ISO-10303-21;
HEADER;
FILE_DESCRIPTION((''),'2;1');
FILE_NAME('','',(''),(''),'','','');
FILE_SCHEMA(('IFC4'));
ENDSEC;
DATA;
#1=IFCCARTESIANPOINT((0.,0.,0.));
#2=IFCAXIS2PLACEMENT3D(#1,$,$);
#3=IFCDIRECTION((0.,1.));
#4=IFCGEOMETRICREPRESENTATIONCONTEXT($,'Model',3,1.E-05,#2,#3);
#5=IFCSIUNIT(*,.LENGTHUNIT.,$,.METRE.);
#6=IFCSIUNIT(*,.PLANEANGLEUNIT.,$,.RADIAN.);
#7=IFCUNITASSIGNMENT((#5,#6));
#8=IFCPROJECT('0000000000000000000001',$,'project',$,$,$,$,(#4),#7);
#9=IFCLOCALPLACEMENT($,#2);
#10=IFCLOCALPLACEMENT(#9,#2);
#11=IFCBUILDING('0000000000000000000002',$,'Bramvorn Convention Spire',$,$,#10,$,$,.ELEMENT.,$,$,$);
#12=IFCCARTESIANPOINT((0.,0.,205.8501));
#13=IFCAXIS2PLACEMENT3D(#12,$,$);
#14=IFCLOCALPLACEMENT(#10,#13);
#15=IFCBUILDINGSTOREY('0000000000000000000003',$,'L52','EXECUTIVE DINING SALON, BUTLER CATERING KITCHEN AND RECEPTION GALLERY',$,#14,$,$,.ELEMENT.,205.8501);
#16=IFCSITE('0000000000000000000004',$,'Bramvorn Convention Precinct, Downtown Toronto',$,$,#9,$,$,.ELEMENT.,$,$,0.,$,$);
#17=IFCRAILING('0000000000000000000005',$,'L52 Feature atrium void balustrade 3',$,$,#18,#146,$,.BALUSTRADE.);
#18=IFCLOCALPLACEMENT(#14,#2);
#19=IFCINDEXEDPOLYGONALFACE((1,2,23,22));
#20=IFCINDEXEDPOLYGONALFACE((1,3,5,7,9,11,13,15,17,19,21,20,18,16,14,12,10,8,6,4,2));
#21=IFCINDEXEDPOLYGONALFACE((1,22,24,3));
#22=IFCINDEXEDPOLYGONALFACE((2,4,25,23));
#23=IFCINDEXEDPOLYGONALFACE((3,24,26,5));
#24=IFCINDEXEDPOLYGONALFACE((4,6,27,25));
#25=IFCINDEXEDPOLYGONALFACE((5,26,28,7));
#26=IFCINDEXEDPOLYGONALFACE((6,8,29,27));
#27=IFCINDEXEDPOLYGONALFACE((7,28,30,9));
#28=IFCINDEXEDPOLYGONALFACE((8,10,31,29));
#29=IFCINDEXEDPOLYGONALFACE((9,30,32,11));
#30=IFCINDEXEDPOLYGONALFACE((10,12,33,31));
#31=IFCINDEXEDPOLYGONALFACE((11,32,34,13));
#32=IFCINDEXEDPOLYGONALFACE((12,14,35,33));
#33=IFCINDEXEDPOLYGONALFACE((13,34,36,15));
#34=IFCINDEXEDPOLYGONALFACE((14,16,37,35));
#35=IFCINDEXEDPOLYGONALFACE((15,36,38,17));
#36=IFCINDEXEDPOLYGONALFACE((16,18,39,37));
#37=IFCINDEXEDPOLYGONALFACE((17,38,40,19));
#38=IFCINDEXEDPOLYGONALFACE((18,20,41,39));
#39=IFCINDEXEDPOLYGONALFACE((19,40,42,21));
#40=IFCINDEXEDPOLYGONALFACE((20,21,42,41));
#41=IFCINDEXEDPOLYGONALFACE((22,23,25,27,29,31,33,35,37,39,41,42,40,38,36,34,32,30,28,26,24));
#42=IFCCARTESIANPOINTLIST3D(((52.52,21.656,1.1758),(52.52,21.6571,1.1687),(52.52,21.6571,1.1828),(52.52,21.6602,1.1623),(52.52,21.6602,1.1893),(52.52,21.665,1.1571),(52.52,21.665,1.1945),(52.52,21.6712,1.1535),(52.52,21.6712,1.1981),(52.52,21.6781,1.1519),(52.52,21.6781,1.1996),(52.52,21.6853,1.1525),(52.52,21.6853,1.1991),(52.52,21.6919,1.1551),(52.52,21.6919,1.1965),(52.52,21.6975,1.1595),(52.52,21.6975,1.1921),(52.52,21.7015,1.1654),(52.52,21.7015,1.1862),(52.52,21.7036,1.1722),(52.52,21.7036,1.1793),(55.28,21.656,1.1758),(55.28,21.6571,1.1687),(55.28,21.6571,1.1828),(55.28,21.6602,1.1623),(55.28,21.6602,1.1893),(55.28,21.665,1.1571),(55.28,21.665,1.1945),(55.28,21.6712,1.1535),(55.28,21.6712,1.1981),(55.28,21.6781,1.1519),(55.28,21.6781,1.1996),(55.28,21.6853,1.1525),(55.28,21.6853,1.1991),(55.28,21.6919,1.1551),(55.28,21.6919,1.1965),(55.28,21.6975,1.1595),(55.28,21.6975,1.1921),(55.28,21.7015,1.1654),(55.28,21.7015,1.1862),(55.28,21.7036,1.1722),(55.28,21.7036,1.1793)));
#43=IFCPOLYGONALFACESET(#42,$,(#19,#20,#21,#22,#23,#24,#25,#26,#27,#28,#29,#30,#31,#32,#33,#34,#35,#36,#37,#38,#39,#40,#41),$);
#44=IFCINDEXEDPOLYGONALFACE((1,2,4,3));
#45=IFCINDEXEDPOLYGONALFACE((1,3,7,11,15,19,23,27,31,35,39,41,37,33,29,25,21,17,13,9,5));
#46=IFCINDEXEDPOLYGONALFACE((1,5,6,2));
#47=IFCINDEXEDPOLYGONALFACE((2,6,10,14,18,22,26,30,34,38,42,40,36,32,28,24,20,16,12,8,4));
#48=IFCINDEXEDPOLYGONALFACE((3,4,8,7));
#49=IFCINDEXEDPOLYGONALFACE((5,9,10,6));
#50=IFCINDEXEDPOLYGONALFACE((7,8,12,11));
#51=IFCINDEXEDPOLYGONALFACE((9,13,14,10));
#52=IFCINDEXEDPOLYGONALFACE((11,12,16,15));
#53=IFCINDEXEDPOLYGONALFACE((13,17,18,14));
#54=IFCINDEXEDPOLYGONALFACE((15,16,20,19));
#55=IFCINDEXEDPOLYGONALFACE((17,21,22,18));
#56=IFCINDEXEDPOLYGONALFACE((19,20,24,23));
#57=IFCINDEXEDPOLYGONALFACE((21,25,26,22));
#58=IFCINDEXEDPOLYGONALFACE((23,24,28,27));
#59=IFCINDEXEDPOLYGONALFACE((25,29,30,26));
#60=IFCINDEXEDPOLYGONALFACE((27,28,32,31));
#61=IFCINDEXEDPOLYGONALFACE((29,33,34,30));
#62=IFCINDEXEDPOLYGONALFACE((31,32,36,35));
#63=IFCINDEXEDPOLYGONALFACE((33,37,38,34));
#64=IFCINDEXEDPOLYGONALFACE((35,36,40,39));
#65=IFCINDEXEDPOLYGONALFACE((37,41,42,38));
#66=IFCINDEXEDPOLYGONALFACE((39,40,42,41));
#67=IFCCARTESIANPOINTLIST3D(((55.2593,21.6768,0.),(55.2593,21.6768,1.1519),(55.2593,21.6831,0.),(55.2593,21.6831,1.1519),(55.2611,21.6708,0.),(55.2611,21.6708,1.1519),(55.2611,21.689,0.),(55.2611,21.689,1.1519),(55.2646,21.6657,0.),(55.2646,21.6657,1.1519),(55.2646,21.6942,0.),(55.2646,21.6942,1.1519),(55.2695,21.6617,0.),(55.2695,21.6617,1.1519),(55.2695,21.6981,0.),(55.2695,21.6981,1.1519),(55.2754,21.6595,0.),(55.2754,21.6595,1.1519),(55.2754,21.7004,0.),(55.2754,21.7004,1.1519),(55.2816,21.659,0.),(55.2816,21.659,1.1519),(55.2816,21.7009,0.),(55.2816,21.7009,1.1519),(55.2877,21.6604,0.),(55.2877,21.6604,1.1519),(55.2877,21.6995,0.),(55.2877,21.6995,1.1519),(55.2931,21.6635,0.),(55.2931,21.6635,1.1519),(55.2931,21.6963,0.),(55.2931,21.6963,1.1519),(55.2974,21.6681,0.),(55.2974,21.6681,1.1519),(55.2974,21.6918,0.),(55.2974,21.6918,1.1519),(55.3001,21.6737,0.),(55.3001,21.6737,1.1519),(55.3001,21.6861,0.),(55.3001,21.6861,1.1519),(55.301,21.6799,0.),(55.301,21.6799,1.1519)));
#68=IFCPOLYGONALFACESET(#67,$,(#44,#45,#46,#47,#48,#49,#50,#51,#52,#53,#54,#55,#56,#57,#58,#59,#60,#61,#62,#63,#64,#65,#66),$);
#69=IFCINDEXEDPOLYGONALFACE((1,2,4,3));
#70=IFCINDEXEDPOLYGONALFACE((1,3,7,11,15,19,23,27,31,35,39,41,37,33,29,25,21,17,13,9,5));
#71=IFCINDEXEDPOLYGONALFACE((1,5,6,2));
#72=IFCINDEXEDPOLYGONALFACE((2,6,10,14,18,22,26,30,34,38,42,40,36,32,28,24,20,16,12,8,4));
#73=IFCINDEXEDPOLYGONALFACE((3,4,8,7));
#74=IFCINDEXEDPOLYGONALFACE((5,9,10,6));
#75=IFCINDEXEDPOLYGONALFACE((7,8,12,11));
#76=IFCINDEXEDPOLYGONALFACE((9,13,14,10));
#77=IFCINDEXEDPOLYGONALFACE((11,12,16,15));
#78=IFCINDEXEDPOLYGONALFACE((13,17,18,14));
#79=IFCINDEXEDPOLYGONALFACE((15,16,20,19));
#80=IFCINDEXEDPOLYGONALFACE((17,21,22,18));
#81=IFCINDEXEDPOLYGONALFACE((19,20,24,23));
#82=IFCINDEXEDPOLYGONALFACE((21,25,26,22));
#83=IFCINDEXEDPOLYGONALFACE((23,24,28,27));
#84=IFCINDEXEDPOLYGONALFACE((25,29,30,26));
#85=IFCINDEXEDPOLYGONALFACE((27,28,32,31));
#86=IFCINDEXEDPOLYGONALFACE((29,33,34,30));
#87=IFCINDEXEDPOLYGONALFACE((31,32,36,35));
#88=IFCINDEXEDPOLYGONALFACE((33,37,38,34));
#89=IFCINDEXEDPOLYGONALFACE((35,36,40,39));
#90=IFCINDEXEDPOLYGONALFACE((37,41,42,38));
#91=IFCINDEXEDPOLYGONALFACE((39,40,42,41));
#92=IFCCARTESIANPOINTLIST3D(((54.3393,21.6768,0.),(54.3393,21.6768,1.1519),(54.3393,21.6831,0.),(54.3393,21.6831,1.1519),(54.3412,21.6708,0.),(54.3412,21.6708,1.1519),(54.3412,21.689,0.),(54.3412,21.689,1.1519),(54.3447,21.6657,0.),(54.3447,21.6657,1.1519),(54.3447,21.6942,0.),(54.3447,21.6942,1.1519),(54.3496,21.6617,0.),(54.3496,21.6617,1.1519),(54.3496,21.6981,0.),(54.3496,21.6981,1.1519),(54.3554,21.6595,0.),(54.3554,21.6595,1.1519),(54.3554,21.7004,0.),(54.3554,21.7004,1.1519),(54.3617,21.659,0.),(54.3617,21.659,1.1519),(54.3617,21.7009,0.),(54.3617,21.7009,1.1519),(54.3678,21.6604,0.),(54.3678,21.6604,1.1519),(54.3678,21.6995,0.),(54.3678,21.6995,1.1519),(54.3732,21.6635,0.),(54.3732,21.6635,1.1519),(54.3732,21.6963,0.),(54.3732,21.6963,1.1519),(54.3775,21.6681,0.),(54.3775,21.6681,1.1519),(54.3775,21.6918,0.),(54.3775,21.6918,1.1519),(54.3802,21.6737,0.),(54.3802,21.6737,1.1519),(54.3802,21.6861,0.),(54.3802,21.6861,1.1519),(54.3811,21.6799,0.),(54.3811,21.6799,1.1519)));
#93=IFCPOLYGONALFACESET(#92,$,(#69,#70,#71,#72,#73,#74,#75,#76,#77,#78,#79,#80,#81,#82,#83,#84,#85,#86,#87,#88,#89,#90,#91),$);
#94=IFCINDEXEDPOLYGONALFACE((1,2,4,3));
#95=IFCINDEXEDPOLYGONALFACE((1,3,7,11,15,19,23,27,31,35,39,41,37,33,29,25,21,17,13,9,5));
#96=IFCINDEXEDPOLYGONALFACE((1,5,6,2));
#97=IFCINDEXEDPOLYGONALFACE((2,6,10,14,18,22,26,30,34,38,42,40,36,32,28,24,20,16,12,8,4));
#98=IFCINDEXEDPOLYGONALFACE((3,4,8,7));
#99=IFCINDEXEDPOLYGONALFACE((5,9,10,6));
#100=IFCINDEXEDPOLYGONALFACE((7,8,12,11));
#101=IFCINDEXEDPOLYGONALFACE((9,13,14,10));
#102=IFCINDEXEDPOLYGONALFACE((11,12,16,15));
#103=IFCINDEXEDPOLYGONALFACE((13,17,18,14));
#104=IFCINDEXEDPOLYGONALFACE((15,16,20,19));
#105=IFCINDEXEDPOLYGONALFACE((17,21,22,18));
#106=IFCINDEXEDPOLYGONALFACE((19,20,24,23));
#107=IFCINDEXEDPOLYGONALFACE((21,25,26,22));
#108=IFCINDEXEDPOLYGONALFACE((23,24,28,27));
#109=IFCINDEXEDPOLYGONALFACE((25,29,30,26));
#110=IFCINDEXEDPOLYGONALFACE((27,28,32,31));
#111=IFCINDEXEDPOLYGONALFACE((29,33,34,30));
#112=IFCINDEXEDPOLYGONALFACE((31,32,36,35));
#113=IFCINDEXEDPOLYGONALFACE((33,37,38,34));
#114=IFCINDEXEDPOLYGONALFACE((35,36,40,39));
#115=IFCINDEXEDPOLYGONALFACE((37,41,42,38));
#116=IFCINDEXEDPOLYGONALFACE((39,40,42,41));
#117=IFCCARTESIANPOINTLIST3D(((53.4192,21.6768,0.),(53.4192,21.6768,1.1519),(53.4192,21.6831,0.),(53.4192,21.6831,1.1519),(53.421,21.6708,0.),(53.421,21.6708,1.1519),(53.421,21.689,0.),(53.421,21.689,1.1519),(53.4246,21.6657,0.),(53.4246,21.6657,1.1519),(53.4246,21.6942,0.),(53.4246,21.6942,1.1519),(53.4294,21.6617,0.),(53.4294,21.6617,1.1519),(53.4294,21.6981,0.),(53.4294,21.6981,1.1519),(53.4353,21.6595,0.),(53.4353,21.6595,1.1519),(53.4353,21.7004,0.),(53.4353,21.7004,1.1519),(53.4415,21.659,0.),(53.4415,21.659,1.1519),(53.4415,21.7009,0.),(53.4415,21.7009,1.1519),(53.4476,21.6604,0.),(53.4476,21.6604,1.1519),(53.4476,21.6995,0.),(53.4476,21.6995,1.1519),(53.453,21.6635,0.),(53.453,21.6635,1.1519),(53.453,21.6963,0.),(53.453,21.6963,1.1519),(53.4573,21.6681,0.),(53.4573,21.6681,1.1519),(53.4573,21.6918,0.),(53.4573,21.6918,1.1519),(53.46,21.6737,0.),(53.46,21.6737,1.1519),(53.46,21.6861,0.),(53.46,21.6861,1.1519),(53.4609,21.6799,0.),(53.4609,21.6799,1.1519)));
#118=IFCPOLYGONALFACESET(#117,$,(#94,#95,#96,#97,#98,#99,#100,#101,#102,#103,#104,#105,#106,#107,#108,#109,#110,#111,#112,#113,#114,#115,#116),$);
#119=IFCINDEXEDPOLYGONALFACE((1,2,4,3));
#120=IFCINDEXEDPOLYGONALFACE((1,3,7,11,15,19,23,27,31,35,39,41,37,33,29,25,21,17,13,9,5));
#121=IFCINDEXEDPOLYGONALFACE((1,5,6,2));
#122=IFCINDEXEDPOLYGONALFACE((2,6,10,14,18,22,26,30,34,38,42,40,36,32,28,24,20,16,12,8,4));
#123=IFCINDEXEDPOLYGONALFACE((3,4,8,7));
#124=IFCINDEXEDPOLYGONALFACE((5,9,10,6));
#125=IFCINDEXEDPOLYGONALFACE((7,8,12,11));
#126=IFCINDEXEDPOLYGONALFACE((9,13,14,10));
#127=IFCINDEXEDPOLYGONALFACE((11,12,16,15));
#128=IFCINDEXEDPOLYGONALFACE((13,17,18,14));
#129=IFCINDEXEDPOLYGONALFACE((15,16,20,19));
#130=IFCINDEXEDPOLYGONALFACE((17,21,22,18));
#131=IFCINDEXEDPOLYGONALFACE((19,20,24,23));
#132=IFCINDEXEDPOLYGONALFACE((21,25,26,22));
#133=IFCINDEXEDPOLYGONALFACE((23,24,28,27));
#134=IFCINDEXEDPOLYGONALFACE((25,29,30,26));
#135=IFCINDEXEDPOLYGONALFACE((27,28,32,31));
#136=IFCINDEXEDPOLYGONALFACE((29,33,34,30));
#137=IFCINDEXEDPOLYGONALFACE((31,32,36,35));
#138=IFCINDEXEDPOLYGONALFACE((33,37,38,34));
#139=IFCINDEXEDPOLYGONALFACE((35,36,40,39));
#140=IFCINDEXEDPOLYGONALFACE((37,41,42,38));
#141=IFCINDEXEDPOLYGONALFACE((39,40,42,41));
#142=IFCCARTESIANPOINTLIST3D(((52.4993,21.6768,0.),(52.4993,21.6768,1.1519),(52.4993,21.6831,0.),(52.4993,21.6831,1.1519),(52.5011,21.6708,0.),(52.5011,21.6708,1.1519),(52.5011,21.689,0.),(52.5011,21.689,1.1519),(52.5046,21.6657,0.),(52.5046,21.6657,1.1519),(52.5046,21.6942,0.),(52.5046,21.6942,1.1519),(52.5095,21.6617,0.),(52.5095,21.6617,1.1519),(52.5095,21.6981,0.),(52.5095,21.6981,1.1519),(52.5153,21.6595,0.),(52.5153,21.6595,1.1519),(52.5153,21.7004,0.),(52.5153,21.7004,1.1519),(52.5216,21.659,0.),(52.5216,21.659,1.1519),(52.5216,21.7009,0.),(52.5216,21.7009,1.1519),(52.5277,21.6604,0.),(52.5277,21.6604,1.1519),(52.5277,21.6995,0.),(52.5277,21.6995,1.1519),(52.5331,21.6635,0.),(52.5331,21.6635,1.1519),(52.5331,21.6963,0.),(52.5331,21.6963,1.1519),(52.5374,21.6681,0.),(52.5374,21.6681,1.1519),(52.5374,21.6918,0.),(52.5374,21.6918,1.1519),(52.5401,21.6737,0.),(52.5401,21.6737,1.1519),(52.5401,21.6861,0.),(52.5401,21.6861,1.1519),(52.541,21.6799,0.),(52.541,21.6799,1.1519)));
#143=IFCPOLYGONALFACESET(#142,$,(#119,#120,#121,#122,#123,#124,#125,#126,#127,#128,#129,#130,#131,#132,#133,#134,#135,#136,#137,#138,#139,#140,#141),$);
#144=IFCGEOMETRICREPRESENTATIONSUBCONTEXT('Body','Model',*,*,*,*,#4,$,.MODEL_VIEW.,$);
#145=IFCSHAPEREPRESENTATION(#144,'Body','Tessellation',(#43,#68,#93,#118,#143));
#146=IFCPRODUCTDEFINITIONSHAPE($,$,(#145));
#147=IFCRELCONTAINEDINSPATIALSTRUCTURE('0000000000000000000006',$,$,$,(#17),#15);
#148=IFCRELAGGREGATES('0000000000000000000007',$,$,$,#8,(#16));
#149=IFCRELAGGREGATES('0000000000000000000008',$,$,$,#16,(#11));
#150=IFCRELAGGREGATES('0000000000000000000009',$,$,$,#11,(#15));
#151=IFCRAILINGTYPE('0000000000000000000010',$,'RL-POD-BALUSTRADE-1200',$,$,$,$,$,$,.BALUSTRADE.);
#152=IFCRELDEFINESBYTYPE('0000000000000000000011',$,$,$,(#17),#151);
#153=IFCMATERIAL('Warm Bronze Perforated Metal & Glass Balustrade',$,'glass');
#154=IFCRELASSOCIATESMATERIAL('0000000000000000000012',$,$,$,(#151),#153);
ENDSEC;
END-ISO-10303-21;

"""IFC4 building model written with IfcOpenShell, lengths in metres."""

from ifc_helpers import new_model, si_unit, direction, frame, origin, origin_2d, place, context, subcontext, project, spatial, circle, extrude, material, type_object, element, save


model = new_model("IFC4")

# Units and contexts
model_context = context("Model", 3, precision=1e-05, world=origin(), true_north=direction((0.0, 1.0)))
body_context = subcontext(model_context, "Body", "Model", "MODEL_VIEW")
ifc_project = project(units=[si_unit("LENGTHUNIT", "METRE"), si_unit("PLANEANGLEUNIT", "RADIAN")], contexts=[model_context])

# Site, building, storey
site_placement = place(None, origin())
site = spatial("IfcSite", under=ifc_project, at=site_placement, Name="Bramvorn Convention Precinct, Downtown Toronto", CompositionType="ELEMENT", RefElevation=0.0)
building_placement = place(site_placement, origin())
building = spatial("IfcBuilding", under=site, at=building_placement, Name="Bramvorn Convention Spire", CompositionType="ELEMENT")
storey_placement = place(building_placement, frame((0.0, 0.0, 205.8501)))
storey = spatial("IfcBuildingStorey", under=building, at=storey_placement, Name="L52", Description="EXECUTIVE DINING SALON, BUTLER CATERING KITCHEN AND RECEPTION GALLERY", CompositionType="ELEMENT", Elevation=205.8501)

# Railing
ifc_material_1 = material(Name="Warm Bronze Perforated Metal & Glass Balustrade", Category="glass")
railing_type = type_object("IfcRailingType", Name="RL-POD-BALUSTRADE-1200", PredefinedType="BALUSTRADE", material=ifc_material_1)
railing_1_placement = place(storey_placement, frame((55.28, 21.6799, 0.0)))
element("IfcRailing", 1, at=railing_1_placement, inside=storey, type_object=railing_type, Name="L52 Feature atrium void balustrade 3", PredefinedType="BALUSTRADE", context=body_context, shape_type="SweptSolid", body=[
    extrude(circle(Radius=0.0239, at=origin_2d()), frame((0.0, 0.0, 1.1758), z_axis=(-1.0, 0.0, 0.0), x_axis=(0.0, -1.0, 0.0)), (0.0, 0.0, 1.0), 2.76),
    extrude(circle(Radius=0.021, at=origin_2d()), origin(), (0.0, 0.0, 1.0), 1.1519),
    extrude(circle(Radius=0.021, at=origin_2d()), frame((-0.9199, 0.0, 0.0)), (0.0, 0.0, 1.0), 1.1519),
    extrude(circle(Radius=0.021, at=origin_2d()), frame((-1.8401, 0.0, 0.0)), (0.0, 0.0, 1.0), 1.1519),
    extrude(circle(Radius=0.021, at=origin_2d()), frame((-2.76, 0.0, 0.0)), (0.0, 0.0, 1.0), 1.1519),
])

save(model, "model.ifc")
